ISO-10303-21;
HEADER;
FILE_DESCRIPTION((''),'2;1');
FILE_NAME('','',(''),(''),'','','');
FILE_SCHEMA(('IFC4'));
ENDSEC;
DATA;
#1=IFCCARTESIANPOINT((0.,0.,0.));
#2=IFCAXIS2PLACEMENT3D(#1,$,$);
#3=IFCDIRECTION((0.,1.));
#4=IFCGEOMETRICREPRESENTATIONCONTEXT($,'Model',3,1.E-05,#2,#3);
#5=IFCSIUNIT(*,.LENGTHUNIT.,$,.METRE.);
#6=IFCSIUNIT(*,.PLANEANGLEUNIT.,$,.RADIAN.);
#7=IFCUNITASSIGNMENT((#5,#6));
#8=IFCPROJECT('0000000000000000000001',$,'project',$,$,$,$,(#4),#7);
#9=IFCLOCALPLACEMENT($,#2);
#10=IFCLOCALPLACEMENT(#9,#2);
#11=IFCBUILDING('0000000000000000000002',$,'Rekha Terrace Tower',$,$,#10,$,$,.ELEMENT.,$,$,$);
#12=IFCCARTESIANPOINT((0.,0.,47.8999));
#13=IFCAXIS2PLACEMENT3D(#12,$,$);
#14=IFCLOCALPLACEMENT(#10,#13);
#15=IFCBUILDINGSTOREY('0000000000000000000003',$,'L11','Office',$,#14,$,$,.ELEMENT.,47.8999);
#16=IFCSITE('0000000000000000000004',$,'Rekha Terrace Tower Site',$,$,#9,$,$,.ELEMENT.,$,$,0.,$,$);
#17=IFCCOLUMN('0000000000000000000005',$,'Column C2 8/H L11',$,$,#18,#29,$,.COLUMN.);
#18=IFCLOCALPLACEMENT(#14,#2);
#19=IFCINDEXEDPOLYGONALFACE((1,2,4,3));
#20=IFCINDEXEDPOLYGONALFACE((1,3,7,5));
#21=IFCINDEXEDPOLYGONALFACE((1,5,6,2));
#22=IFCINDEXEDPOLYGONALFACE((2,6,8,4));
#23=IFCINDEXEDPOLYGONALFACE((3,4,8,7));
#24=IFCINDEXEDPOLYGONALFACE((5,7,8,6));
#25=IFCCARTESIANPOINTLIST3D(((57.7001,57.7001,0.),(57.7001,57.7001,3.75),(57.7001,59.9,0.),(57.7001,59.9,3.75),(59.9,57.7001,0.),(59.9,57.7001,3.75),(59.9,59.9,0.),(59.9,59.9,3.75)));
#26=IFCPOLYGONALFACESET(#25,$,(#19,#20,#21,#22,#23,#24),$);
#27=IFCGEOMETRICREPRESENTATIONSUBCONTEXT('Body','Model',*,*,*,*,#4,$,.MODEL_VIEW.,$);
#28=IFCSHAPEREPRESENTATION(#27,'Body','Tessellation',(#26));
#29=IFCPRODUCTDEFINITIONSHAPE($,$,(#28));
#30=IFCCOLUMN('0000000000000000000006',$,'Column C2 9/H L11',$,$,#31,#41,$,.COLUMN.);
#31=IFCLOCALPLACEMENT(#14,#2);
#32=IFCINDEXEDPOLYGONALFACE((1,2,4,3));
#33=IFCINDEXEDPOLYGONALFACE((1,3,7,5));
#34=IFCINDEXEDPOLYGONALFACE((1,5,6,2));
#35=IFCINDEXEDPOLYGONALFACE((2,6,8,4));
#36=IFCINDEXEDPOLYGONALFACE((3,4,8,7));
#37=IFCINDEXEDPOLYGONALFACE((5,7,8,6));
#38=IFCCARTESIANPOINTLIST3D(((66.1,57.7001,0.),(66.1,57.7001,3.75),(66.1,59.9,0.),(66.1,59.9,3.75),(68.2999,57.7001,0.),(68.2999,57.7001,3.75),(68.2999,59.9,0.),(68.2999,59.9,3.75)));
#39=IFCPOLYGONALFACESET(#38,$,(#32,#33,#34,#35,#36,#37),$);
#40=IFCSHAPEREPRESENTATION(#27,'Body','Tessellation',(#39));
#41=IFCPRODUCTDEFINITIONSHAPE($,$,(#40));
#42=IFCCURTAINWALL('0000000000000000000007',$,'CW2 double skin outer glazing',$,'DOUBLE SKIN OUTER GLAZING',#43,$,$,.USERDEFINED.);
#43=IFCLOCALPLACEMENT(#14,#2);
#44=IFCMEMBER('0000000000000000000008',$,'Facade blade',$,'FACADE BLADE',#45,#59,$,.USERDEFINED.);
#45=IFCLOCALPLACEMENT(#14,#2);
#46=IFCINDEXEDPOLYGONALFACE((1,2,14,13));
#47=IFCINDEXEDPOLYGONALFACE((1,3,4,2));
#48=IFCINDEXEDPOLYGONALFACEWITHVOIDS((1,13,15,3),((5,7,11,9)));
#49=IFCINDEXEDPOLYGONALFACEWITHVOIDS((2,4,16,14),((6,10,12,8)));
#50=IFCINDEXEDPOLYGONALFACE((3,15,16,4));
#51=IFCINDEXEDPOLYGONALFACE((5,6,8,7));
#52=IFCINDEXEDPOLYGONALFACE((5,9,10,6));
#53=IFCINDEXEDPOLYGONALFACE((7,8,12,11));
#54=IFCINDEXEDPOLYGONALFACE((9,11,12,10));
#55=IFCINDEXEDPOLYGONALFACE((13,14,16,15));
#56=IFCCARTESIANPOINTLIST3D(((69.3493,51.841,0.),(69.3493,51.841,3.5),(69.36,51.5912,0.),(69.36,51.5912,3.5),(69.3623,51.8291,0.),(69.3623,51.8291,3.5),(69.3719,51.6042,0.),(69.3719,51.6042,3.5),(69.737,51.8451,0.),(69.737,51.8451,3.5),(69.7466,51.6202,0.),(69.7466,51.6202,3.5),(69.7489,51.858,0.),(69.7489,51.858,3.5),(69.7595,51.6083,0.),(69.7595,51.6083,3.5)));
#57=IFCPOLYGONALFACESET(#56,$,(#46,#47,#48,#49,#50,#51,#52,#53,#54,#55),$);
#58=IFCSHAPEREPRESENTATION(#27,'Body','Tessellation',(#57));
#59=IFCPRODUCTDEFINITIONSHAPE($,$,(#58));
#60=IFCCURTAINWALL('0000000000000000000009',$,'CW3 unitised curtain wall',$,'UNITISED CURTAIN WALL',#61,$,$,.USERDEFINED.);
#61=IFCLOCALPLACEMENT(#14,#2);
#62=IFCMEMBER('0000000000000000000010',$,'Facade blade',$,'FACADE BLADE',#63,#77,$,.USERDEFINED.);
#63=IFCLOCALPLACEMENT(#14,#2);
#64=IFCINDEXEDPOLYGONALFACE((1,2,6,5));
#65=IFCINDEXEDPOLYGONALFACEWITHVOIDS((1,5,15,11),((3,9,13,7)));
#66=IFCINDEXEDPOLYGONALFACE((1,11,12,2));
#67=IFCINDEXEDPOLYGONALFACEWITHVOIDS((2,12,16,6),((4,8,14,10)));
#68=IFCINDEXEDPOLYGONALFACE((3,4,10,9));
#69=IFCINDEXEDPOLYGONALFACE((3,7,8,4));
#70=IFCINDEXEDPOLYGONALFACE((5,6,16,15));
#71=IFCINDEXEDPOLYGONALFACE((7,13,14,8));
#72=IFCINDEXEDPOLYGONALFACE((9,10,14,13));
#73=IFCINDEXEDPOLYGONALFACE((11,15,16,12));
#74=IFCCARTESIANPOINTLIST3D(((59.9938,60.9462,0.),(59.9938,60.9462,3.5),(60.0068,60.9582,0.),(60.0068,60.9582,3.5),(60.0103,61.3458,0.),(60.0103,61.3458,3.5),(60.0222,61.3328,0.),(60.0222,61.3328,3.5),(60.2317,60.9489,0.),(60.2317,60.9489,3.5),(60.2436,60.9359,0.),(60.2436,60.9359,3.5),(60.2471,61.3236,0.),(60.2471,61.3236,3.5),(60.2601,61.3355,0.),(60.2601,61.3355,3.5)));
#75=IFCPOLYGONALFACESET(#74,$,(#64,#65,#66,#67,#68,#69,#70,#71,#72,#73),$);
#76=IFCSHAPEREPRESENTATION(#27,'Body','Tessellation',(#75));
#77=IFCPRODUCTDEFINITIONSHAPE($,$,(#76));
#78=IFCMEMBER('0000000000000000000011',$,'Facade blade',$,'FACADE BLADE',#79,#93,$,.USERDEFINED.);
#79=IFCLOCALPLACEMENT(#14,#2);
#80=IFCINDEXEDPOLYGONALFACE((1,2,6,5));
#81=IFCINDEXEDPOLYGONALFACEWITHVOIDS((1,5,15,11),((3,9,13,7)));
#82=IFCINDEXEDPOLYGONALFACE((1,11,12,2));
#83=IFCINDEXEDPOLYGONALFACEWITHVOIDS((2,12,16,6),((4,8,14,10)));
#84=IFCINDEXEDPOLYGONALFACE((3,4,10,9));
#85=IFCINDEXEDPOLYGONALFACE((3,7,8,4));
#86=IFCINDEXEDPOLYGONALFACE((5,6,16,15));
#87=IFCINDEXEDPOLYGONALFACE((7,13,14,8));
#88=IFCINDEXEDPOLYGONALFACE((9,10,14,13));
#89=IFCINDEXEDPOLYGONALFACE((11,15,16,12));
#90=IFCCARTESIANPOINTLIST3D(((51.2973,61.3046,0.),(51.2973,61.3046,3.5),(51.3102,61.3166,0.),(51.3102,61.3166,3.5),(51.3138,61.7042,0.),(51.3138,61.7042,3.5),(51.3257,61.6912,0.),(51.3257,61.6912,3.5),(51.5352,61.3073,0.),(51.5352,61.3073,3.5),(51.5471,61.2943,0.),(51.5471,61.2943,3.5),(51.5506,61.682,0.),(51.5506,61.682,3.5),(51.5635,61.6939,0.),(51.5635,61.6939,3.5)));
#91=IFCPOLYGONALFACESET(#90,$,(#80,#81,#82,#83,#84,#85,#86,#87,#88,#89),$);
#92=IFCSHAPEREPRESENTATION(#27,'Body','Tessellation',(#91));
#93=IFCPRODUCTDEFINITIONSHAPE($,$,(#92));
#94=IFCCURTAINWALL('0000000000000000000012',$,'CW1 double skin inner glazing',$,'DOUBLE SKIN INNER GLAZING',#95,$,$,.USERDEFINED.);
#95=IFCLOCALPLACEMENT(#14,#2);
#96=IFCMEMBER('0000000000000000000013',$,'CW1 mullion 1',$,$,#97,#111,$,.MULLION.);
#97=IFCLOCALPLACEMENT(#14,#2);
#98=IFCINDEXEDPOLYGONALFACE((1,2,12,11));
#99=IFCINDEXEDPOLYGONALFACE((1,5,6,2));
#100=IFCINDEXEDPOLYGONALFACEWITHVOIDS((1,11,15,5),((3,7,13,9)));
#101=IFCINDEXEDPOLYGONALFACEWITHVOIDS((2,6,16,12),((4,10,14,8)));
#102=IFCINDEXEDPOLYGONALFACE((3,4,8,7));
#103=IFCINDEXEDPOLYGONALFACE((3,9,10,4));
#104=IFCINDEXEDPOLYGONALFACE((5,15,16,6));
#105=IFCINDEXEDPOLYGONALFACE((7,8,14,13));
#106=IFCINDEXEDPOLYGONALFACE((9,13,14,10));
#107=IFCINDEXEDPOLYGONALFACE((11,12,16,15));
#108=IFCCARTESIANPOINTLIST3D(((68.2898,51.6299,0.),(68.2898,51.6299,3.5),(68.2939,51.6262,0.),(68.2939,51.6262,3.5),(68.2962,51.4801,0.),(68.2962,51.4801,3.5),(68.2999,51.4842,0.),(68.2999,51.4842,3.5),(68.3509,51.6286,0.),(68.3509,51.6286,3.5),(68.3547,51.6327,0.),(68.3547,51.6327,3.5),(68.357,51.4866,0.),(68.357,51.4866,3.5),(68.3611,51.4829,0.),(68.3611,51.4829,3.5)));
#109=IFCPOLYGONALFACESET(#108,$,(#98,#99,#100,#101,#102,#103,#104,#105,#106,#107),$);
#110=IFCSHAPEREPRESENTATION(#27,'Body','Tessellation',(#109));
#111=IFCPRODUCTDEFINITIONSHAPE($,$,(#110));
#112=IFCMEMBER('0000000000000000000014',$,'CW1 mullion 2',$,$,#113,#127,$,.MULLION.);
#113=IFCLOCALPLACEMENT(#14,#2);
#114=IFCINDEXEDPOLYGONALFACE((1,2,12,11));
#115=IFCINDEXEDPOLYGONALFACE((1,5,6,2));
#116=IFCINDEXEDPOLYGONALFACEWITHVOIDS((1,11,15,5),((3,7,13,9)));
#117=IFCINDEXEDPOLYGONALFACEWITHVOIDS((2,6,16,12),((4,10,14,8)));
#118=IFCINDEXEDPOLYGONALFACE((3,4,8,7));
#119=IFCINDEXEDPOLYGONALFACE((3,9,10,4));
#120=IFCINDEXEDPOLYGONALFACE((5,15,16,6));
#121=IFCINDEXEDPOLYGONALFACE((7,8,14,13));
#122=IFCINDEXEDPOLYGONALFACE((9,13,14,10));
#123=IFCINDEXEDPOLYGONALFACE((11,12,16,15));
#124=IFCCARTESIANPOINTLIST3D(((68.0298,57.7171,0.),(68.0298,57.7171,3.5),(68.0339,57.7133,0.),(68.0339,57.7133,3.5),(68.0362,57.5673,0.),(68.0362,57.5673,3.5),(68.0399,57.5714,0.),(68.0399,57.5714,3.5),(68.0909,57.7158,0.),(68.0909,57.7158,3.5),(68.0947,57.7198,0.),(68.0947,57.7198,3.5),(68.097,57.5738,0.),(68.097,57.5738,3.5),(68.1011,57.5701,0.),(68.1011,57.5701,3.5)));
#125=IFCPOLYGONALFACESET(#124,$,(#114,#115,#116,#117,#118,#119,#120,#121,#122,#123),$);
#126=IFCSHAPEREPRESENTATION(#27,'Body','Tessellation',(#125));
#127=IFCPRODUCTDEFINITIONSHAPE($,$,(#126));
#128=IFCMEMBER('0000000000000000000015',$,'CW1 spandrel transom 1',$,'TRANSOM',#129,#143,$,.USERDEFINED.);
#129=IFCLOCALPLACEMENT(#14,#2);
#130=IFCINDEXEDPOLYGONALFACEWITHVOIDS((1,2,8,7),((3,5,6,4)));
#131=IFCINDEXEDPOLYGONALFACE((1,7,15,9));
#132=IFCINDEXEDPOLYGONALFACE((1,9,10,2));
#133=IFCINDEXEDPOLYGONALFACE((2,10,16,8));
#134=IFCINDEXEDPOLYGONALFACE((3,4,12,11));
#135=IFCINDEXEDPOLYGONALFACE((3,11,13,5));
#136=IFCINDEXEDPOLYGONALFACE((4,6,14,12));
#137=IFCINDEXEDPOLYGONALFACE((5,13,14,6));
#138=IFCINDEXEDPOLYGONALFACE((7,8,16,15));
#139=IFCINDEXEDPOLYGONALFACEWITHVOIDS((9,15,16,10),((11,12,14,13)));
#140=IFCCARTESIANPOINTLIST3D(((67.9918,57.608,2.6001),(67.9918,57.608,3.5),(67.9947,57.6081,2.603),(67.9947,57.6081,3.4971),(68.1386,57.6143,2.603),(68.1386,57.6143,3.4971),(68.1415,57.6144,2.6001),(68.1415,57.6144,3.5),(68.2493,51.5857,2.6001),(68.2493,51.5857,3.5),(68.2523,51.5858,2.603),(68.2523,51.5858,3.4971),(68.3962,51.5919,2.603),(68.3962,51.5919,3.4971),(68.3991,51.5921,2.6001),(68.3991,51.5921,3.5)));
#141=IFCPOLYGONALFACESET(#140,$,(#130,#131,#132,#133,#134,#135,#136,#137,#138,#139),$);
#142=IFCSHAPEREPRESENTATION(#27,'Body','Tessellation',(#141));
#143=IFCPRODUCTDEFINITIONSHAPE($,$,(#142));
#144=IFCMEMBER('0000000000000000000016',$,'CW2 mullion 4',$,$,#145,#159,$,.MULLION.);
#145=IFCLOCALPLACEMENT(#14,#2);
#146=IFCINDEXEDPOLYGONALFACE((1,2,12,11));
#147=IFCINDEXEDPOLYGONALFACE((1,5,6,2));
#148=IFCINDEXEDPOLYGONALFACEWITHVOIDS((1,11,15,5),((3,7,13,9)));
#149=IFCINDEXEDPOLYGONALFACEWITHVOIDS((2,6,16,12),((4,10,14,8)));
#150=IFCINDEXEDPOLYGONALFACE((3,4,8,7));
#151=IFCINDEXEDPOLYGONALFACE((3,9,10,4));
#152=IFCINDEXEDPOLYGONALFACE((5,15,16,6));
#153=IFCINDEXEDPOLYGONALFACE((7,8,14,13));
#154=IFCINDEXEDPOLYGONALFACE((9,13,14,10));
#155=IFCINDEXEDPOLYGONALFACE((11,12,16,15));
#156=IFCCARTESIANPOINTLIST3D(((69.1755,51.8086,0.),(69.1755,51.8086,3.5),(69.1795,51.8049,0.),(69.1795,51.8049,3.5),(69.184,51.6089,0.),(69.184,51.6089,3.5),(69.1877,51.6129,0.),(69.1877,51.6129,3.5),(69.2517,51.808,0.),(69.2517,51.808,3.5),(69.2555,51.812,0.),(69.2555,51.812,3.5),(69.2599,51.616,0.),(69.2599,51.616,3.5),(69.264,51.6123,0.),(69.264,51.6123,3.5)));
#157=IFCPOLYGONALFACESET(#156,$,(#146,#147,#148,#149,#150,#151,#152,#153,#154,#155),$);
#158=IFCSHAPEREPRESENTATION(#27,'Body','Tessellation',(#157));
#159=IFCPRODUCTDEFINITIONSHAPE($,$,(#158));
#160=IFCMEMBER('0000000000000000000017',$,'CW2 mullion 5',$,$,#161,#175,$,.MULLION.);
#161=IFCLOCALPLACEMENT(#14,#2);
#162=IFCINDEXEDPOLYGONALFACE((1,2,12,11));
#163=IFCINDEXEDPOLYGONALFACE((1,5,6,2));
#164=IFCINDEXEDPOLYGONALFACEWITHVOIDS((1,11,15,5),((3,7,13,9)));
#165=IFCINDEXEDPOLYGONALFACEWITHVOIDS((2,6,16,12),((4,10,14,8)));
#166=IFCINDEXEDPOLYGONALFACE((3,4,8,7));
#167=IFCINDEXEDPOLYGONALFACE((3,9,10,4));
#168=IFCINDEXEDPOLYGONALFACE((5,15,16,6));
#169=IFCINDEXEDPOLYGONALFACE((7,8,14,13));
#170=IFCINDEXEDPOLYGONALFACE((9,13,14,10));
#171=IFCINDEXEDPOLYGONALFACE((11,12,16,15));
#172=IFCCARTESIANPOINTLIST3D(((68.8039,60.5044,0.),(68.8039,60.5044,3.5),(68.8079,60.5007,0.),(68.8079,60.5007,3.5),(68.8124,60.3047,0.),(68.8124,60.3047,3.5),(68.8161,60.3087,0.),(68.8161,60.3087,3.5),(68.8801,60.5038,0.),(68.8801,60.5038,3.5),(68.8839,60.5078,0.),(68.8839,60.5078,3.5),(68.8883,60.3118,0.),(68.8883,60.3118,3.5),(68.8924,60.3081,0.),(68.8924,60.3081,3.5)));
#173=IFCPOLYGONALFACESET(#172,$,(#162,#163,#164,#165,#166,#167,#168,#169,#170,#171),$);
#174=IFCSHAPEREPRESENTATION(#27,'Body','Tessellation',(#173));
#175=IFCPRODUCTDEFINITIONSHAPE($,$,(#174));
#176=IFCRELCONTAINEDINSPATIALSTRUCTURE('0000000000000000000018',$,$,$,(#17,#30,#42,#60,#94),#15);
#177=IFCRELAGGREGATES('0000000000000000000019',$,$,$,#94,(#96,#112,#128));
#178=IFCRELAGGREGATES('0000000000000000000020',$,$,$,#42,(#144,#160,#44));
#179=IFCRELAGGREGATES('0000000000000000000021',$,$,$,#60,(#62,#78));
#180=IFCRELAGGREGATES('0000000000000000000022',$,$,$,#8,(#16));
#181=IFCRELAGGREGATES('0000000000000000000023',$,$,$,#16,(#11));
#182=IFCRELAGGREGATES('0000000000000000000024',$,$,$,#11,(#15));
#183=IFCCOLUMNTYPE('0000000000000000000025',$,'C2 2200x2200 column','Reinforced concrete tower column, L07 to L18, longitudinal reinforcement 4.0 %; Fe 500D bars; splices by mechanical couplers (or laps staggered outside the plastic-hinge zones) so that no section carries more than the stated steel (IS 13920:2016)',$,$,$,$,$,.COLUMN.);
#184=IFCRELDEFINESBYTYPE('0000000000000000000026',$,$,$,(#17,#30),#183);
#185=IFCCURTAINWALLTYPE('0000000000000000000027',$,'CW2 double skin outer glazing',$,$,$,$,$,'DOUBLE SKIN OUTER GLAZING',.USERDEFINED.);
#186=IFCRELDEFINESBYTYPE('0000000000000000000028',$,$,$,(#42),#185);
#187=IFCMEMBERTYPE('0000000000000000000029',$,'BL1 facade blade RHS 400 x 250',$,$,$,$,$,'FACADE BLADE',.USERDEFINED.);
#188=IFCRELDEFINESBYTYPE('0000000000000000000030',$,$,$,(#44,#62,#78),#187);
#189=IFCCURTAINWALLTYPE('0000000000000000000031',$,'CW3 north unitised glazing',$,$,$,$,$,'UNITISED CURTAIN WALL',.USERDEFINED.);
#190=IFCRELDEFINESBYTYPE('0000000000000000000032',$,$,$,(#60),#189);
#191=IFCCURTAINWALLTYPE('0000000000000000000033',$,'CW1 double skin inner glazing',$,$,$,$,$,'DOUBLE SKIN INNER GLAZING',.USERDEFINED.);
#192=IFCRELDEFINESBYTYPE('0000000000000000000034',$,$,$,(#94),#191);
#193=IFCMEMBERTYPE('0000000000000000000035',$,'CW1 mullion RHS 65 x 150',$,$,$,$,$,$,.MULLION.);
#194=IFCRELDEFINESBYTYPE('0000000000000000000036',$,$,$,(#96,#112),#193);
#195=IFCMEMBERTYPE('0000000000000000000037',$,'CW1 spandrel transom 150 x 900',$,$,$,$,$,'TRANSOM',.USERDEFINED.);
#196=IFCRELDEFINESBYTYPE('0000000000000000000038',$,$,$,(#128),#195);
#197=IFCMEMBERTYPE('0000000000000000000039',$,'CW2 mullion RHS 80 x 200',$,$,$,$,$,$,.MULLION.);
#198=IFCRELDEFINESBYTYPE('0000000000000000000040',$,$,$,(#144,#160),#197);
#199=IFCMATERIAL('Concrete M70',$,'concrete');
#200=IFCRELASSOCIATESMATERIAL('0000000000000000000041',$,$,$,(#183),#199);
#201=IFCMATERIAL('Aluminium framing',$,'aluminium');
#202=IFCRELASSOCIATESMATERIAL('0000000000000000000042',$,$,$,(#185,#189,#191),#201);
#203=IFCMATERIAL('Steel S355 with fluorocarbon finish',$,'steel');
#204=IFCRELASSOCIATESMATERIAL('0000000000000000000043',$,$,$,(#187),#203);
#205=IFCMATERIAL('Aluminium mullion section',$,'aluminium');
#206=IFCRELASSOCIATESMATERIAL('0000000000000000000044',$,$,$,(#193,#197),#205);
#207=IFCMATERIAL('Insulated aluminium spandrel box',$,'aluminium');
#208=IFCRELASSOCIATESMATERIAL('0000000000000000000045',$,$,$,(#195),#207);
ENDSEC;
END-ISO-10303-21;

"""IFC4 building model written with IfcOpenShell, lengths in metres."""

from ifc_helpers import new_model, si_unit, direction, frame, origin, origin_2d, place, context, subcontext, project, spatial, rectangle, hollow_rectangle, extrude, material, material_profile, profile_set, type_object, element, aggregate, save


model = new_model("IFC4")

# Units and contexts
model_context = context("Model", 3, precision=1e-05, world=origin(), true_north=direction((0.0, 1.0)))
body_context = subcontext(model_context, "Body", "Model", "MODEL_VIEW")
ifc_project = project(units=[si_unit("LENGTHUNIT", "METRE"), si_unit("PLANEANGLEUNIT", "RADIAN")], contexts=[model_context])

# Site, building, storey
site_placement = place(None, origin())
site = spatial("IfcSite", under=ifc_project, at=site_placement, Name="Rekha Terrace Tower Site", CompositionType="ELEMENT", RefElevation=0.0)
building_placement = place(site_placement, origin())
building = spatial("IfcBuilding", under=site, at=building_placement, Name="Rekha Terrace Tower", CompositionType="ELEMENT")
storey_placement = place(building_placement, frame((0.0, 0.0, 47.8999)))
storey = spatial("IfcBuildingStorey", under=building, at=storey_placement, Name="L11", Description="Office", CompositionType="ELEMENT", Elevation=47.8999)

# Columns
ifc_material_1 = material(Name="Concrete M70", Category="concrete")
ifc_material_profile_1 = material_profile(ifc_material_1, rectangle(XDim=2.2, YDim=2.2, at=origin_2d()), Name="RC 2200x2200")
ifc_profile_set_1 = profile_set([ifc_material_profile_1], Name="Concrete M70")
column_type = type_object("IfcColumnType", Name="C2 2200x2200 column", Description="Reinforced concrete tower column, L07 to L18, longitudinal reinforcement 4.0 %; Fe 500D bars; splices by mechanical couplers (or laps staggered outside the plastic-hinge zones) so that no section carries more than the stated steel (IS 13920:2016)", PredefinedType="COLUMN", material=ifc_profile_set_1)
for number, where, z_axis, x_axis, name in (
    (1, (58.8, 58.8, 0.0), (0.0, 0.0, 1.0), (1.0, 0.0, 0.0), "Column C2 8/H L11"),
    (2, (67.2, 58.8, 0.0), (0.0, 0.0, 1.0), (1.0, 0.0, 0.0), "Column C2 9/H L11"),
):
    element("IfcColumn", number, at=place(storey_placement, frame(where, z_axis=z_axis, x_axis=x_axis)), inside=storey, type_object=column_type, Name=name, PredefinedType="COLUMN", context=body_context, shape_type="SweptSolid", body=[
        extrude(rectangle(XDim=2.2, YDim=2.2, at=origin_2d()), origin(), (0.0, 0.0, 1.0), 3.75),
    ])

# Curtain wall, member
ifc_material_2 = material(Name="Aluminium framing", Category="aluminium")
curtain_wall_type_1 = type_object("IfcCurtainWallType", Name="CW2 double skin outer glazing", ElementType="DOUBLE SKIN OUTER GLAZING", PredefinedType="USERDEFINED", material=ifc_material_2)
curtain_wall_1_placement = place(storey_placement, origin())
curtain_wall_1 = element("IfcCurtainWall", 3, at=curtain_wall_1_placement, inside=storey, type_object=curtain_wall_type_1, Name="CW2 double skin outer glazing", ObjectType="DOUBLE SKIN OUTER GLAZING", PredefinedType="USERDEFINED")
ifc_material_3 = material(Name="Steel S355 with fluorocarbon finish", Category="steel")
ifc_material_profile_2 = material_profile(ifc_material_3, hollow_rectangle(XDim=0.25, YDim=0.3999, WallThickness=0.0125, at=origin_2d()), Name="RHS400x250x12.5")
ifc_profile_set_2 = profile_set([ifc_material_profile_2], Name="Steel S355 with fluorocarbon finish")
member_type_1 = type_object("IfcMemberType", Name="BL1 facade blade RHS 400 x 250", ElementType="FACADE BLADE", PredefinedType="USERDEFINED", material=ifc_profile_set_2)
member_1_placement = place(storey_placement, frame((69.5544, 51.7246, 0.0), z_axis=(0.0, 0.0, 1.0), x_axis=(-0.042695, 0.999088, 0.0)))
member_1 = element("IfcMember", 4, at=member_1_placement, type_object=member_type_1, Name="Facade blade", ObjectType="FACADE BLADE", PredefinedType="USERDEFINED", context=body_context, shape_type="SweptSolid", body=[
    extrude(hollow_rectangle(XDim=0.25, YDim=0.3999, WallThickness=0.0125, at=origin_2d()), origin(), (0.0, 0.0, 1.0), 3.5),
])

# Curtain walls, members
curtain_wall_type_2 = type_object("IfcCurtainWallType", Name="CW3 north unitised glazing", ElementType="UNITISED CURTAIN WALL", PredefinedType="USERDEFINED", material=ifc_material_2)
curtain_wall_2_placement = place(storey_placement, origin())
curtain_wall_2 = element("IfcCurtainWall", 5, at=curtain_wall_2_placement, inside=storey, type_object=curtain_wall_type_2, Name="CW3 unitised curtain wall", ObjectType="UNITISED CURTAIN WALL", PredefinedType="USERDEFINED")
member_2_placement = place(storey_placement, frame((60.127, 61.1409, 0.0), z_axis=(0.0, 0.0, 1.0), x_axis=(-0.999152, 0.041175, 0.0)))
member_2 = element("IfcMember", 6, at=member_2_placement, type_object=member_type_1, Name="Facade blade", ObjectType="FACADE BLADE", PredefinedType="USERDEFINED", context=body_context, shape_type="SweptSolid", body=[
    extrude(hollow_rectangle(XDim=0.25, YDim=0.3999, WallThickness=0.0125, at=origin_2d()), origin(), (0.0, 0.0, 1.0), 3.5),
])
member_3_placement = place(storey_placement, frame((51.4304, 61.4993, 0.0), z_axis=(0.0, 0.0, 1.0), x_axis=(-0.999152, 0.041175, 0.0)))
member_3 = element("IfcMember", 7, at=member_3_placement, type_object=member_type_1, Name="Facade blade", ObjectType="FACADE BLADE", PredefinedType="USERDEFINED", context=body_context, shape_type="SweptSolid", body=[
    extrude(hollow_rectangle(XDim=0.25, YDim=0.3999, WallThickness=0.0125, at=origin_2d()), origin(), (0.0, 0.0, 1.0), 3.5),
])
curtain_wall_type_3 = type_object("IfcCurtainWallType", Name="CW1 double skin inner glazing", ElementType="DOUBLE SKIN INNER GLAZING", PredefinedType="USERDEFINED", material=ifc_material_2)
curtain_wall_3_placement = place(storey_placement, origin())
curtain_wall_3 = element("IfcCurtainWall", 8, at=curtain_wall_3_placement, inside=storey, type_object=curtain_wall_type_3, Name="CW1 double skin inner glazing", ObjectType="DOUBLE SKIN INNER GLAZING", PredefinedType="USERDEFINED")
ifc_material_4 = material(Name="Aluminium mullion section", Category="aluminium")
ifc_material_profile_3 = material_profile(ifc_material_4, hollow_rectangle(XDim=0.0649, YDim=0.1499, WallThickness=0.0039, at=origin_2d()), Name="AL RHS 65x150")
ifc_profile_set_3 = profile_set([ifc_material_profile_3], Name="Aluminium mullion section")
member_type_2 = type_object("IfcMemberType", Name="CW1 mullion RHS 65 x 150", PredefinedType="MULLION", material=ifc_profile_set_3)
member_4_placement = place(storey_placement, frame((68.3254, 51.5564, 0.0), z_axis=(0.0, 0.0, 1.0), x_axis=(-0.999088, -0.042696, 0.0)))
member_4 = element("IfcMember", 9, at=member_4_placement, type_object=member_type_2, Name="CW1 mullion 1", PredefinedType="MULLION", context=body_context, shape_type="SweptSolid", body=[
    extrude(hollow_rectangle(XDim=0.0649, YDim=0.1499, WallThickness=0.0039, at=origin_2d()), origin(), (0.0, 0.0, 1.0), 3.5),
])
member_5_placement = place(storey_placement, frame((68.0654, 57.6436, 0.0), z_axis=(0.0, 0.0, 1.0), x_axis=(-0.999088, -0.042696, 0.0)))
member_5 = element("IfcMember", 10, at=member_5_placement, type_object=member_type_2, Name="CW1 mullion 2", PredefinedType="MULLION", context=body_context, shape_type="SweptSolid", body=[
    extrude(hollow_rectangle(XDim=0.0649, YDim=0.1499, WallThickness=0.0039, at=origin_2d()), origin(), (0.0, 0.0, 1.0), 3.5),
])
ifc_material_5 = material(Name="Insulated aluminium spandrel box", Category="aluminium")
ifc_material_profile_4 = material_profile(ifc_material_5, hollow_rectangle(XDim=0.1499, YDim=0.8999, WallThickness=0.0029, at=origin_2d()), Name="AL SPANDREL BOX 150x900")
ifc_profile_set_4 = profile_set([ifc_material_profile_4], Name="Insulated aluminium spandrel box")
member_type_3 = type_object("IfcMemberType", Name="CW1 spandrel transom 150 x 900", ElementType="TRANSOM", PredefinedType="USERDEFINED", material=ifc_profile_set_4)
member_6_placement = place(storey_placement, frame((68.3242, 51.5889, 3.05), z_axis=(-0.042731, 0.999087, 0.0), x_axis=(-0.999087, -0.042731, 0.0)))
member_6 = element("IfcMember", 11, at=member_6_placement, type_object=member_type_3, Name="CW1 spandrel transom 1", ObjectType="TRANSOM", PredefinedType="USERDEFINED", context=body_context, shape_type="SweptSolid", body=[
    extrude(hollow_rectangle(XDim=0.1499, YDim=0.8999, WallThickness=0.0029, at=origin_2d()), origin(), (0.0, 0.0, 1.0), 6.0278),
])

# Members
ifc_material_profile_5 = material_profile(ifc_material_4, hollow_rectangle(XDim=0.0801, YDim=0.2, WallThickness=0.0039, at=origin_2d()), Name="AL RHS 80x200")
ifc_profile_set_5 = profile_set([ifc_material_profile_5], Name="Aluminium mullion section")
member_type_4 = type_object("IfcMemberType", Name="CW2 mullion RHS 80 x 200", PredefinedType="MULLION", material=ifc_profile_set_5)
member_7_placement = place(storey_placement, frame((69.2197, 51.7104, 0.0), z_axis=(0.0, 0.0, 1.0), x_axis=(-0.999088, -0.042696, 0.0)))
member_7 = element("IfcMember", 12, at=member_7_placement, type_object=member_type_4, Name="CW2 mullion 4", PredefinedType="MULLION", context=body_context, shape_type="SweptSolid", body=[
    extrude(hollow_rectangle(XDim=0.0801, YDim=0.2, WallThickness=0.0039, at=origin_2d()), origin(), (0.0, 0.0, 1.0), 3.5),
])
member_8_placement = place(storey_placement, frame((68.8481, 60.4062, 0.0), z_axis=(0.0, 0.0, 1.0), x_axis=(-0.999088, -0.042696, 0.0)))
member_8 = element("IfcMember", 13, at=member_8_placement, type_object=member_type_4, Name="CW2 mullion 5", PredefinedType="MULLION", context=body_context, shape_type="SweptSolid", body=[
    extrude(hollow_rectangle(XDim=0.0801, YDim=0.2, WallThickness=0.0039, at=origin_2d()), origin(), (0.0, 0.0, 1.0), 3.5),
])

aggregate(curtain_wall_3, [member_4, member_5, member_6])
aggregate(curtain_wall_1, [member_7, member_8, member_1])
aggregate(curtain_wall_2, [member_2, member_3])

save(model, "model.ifc")
